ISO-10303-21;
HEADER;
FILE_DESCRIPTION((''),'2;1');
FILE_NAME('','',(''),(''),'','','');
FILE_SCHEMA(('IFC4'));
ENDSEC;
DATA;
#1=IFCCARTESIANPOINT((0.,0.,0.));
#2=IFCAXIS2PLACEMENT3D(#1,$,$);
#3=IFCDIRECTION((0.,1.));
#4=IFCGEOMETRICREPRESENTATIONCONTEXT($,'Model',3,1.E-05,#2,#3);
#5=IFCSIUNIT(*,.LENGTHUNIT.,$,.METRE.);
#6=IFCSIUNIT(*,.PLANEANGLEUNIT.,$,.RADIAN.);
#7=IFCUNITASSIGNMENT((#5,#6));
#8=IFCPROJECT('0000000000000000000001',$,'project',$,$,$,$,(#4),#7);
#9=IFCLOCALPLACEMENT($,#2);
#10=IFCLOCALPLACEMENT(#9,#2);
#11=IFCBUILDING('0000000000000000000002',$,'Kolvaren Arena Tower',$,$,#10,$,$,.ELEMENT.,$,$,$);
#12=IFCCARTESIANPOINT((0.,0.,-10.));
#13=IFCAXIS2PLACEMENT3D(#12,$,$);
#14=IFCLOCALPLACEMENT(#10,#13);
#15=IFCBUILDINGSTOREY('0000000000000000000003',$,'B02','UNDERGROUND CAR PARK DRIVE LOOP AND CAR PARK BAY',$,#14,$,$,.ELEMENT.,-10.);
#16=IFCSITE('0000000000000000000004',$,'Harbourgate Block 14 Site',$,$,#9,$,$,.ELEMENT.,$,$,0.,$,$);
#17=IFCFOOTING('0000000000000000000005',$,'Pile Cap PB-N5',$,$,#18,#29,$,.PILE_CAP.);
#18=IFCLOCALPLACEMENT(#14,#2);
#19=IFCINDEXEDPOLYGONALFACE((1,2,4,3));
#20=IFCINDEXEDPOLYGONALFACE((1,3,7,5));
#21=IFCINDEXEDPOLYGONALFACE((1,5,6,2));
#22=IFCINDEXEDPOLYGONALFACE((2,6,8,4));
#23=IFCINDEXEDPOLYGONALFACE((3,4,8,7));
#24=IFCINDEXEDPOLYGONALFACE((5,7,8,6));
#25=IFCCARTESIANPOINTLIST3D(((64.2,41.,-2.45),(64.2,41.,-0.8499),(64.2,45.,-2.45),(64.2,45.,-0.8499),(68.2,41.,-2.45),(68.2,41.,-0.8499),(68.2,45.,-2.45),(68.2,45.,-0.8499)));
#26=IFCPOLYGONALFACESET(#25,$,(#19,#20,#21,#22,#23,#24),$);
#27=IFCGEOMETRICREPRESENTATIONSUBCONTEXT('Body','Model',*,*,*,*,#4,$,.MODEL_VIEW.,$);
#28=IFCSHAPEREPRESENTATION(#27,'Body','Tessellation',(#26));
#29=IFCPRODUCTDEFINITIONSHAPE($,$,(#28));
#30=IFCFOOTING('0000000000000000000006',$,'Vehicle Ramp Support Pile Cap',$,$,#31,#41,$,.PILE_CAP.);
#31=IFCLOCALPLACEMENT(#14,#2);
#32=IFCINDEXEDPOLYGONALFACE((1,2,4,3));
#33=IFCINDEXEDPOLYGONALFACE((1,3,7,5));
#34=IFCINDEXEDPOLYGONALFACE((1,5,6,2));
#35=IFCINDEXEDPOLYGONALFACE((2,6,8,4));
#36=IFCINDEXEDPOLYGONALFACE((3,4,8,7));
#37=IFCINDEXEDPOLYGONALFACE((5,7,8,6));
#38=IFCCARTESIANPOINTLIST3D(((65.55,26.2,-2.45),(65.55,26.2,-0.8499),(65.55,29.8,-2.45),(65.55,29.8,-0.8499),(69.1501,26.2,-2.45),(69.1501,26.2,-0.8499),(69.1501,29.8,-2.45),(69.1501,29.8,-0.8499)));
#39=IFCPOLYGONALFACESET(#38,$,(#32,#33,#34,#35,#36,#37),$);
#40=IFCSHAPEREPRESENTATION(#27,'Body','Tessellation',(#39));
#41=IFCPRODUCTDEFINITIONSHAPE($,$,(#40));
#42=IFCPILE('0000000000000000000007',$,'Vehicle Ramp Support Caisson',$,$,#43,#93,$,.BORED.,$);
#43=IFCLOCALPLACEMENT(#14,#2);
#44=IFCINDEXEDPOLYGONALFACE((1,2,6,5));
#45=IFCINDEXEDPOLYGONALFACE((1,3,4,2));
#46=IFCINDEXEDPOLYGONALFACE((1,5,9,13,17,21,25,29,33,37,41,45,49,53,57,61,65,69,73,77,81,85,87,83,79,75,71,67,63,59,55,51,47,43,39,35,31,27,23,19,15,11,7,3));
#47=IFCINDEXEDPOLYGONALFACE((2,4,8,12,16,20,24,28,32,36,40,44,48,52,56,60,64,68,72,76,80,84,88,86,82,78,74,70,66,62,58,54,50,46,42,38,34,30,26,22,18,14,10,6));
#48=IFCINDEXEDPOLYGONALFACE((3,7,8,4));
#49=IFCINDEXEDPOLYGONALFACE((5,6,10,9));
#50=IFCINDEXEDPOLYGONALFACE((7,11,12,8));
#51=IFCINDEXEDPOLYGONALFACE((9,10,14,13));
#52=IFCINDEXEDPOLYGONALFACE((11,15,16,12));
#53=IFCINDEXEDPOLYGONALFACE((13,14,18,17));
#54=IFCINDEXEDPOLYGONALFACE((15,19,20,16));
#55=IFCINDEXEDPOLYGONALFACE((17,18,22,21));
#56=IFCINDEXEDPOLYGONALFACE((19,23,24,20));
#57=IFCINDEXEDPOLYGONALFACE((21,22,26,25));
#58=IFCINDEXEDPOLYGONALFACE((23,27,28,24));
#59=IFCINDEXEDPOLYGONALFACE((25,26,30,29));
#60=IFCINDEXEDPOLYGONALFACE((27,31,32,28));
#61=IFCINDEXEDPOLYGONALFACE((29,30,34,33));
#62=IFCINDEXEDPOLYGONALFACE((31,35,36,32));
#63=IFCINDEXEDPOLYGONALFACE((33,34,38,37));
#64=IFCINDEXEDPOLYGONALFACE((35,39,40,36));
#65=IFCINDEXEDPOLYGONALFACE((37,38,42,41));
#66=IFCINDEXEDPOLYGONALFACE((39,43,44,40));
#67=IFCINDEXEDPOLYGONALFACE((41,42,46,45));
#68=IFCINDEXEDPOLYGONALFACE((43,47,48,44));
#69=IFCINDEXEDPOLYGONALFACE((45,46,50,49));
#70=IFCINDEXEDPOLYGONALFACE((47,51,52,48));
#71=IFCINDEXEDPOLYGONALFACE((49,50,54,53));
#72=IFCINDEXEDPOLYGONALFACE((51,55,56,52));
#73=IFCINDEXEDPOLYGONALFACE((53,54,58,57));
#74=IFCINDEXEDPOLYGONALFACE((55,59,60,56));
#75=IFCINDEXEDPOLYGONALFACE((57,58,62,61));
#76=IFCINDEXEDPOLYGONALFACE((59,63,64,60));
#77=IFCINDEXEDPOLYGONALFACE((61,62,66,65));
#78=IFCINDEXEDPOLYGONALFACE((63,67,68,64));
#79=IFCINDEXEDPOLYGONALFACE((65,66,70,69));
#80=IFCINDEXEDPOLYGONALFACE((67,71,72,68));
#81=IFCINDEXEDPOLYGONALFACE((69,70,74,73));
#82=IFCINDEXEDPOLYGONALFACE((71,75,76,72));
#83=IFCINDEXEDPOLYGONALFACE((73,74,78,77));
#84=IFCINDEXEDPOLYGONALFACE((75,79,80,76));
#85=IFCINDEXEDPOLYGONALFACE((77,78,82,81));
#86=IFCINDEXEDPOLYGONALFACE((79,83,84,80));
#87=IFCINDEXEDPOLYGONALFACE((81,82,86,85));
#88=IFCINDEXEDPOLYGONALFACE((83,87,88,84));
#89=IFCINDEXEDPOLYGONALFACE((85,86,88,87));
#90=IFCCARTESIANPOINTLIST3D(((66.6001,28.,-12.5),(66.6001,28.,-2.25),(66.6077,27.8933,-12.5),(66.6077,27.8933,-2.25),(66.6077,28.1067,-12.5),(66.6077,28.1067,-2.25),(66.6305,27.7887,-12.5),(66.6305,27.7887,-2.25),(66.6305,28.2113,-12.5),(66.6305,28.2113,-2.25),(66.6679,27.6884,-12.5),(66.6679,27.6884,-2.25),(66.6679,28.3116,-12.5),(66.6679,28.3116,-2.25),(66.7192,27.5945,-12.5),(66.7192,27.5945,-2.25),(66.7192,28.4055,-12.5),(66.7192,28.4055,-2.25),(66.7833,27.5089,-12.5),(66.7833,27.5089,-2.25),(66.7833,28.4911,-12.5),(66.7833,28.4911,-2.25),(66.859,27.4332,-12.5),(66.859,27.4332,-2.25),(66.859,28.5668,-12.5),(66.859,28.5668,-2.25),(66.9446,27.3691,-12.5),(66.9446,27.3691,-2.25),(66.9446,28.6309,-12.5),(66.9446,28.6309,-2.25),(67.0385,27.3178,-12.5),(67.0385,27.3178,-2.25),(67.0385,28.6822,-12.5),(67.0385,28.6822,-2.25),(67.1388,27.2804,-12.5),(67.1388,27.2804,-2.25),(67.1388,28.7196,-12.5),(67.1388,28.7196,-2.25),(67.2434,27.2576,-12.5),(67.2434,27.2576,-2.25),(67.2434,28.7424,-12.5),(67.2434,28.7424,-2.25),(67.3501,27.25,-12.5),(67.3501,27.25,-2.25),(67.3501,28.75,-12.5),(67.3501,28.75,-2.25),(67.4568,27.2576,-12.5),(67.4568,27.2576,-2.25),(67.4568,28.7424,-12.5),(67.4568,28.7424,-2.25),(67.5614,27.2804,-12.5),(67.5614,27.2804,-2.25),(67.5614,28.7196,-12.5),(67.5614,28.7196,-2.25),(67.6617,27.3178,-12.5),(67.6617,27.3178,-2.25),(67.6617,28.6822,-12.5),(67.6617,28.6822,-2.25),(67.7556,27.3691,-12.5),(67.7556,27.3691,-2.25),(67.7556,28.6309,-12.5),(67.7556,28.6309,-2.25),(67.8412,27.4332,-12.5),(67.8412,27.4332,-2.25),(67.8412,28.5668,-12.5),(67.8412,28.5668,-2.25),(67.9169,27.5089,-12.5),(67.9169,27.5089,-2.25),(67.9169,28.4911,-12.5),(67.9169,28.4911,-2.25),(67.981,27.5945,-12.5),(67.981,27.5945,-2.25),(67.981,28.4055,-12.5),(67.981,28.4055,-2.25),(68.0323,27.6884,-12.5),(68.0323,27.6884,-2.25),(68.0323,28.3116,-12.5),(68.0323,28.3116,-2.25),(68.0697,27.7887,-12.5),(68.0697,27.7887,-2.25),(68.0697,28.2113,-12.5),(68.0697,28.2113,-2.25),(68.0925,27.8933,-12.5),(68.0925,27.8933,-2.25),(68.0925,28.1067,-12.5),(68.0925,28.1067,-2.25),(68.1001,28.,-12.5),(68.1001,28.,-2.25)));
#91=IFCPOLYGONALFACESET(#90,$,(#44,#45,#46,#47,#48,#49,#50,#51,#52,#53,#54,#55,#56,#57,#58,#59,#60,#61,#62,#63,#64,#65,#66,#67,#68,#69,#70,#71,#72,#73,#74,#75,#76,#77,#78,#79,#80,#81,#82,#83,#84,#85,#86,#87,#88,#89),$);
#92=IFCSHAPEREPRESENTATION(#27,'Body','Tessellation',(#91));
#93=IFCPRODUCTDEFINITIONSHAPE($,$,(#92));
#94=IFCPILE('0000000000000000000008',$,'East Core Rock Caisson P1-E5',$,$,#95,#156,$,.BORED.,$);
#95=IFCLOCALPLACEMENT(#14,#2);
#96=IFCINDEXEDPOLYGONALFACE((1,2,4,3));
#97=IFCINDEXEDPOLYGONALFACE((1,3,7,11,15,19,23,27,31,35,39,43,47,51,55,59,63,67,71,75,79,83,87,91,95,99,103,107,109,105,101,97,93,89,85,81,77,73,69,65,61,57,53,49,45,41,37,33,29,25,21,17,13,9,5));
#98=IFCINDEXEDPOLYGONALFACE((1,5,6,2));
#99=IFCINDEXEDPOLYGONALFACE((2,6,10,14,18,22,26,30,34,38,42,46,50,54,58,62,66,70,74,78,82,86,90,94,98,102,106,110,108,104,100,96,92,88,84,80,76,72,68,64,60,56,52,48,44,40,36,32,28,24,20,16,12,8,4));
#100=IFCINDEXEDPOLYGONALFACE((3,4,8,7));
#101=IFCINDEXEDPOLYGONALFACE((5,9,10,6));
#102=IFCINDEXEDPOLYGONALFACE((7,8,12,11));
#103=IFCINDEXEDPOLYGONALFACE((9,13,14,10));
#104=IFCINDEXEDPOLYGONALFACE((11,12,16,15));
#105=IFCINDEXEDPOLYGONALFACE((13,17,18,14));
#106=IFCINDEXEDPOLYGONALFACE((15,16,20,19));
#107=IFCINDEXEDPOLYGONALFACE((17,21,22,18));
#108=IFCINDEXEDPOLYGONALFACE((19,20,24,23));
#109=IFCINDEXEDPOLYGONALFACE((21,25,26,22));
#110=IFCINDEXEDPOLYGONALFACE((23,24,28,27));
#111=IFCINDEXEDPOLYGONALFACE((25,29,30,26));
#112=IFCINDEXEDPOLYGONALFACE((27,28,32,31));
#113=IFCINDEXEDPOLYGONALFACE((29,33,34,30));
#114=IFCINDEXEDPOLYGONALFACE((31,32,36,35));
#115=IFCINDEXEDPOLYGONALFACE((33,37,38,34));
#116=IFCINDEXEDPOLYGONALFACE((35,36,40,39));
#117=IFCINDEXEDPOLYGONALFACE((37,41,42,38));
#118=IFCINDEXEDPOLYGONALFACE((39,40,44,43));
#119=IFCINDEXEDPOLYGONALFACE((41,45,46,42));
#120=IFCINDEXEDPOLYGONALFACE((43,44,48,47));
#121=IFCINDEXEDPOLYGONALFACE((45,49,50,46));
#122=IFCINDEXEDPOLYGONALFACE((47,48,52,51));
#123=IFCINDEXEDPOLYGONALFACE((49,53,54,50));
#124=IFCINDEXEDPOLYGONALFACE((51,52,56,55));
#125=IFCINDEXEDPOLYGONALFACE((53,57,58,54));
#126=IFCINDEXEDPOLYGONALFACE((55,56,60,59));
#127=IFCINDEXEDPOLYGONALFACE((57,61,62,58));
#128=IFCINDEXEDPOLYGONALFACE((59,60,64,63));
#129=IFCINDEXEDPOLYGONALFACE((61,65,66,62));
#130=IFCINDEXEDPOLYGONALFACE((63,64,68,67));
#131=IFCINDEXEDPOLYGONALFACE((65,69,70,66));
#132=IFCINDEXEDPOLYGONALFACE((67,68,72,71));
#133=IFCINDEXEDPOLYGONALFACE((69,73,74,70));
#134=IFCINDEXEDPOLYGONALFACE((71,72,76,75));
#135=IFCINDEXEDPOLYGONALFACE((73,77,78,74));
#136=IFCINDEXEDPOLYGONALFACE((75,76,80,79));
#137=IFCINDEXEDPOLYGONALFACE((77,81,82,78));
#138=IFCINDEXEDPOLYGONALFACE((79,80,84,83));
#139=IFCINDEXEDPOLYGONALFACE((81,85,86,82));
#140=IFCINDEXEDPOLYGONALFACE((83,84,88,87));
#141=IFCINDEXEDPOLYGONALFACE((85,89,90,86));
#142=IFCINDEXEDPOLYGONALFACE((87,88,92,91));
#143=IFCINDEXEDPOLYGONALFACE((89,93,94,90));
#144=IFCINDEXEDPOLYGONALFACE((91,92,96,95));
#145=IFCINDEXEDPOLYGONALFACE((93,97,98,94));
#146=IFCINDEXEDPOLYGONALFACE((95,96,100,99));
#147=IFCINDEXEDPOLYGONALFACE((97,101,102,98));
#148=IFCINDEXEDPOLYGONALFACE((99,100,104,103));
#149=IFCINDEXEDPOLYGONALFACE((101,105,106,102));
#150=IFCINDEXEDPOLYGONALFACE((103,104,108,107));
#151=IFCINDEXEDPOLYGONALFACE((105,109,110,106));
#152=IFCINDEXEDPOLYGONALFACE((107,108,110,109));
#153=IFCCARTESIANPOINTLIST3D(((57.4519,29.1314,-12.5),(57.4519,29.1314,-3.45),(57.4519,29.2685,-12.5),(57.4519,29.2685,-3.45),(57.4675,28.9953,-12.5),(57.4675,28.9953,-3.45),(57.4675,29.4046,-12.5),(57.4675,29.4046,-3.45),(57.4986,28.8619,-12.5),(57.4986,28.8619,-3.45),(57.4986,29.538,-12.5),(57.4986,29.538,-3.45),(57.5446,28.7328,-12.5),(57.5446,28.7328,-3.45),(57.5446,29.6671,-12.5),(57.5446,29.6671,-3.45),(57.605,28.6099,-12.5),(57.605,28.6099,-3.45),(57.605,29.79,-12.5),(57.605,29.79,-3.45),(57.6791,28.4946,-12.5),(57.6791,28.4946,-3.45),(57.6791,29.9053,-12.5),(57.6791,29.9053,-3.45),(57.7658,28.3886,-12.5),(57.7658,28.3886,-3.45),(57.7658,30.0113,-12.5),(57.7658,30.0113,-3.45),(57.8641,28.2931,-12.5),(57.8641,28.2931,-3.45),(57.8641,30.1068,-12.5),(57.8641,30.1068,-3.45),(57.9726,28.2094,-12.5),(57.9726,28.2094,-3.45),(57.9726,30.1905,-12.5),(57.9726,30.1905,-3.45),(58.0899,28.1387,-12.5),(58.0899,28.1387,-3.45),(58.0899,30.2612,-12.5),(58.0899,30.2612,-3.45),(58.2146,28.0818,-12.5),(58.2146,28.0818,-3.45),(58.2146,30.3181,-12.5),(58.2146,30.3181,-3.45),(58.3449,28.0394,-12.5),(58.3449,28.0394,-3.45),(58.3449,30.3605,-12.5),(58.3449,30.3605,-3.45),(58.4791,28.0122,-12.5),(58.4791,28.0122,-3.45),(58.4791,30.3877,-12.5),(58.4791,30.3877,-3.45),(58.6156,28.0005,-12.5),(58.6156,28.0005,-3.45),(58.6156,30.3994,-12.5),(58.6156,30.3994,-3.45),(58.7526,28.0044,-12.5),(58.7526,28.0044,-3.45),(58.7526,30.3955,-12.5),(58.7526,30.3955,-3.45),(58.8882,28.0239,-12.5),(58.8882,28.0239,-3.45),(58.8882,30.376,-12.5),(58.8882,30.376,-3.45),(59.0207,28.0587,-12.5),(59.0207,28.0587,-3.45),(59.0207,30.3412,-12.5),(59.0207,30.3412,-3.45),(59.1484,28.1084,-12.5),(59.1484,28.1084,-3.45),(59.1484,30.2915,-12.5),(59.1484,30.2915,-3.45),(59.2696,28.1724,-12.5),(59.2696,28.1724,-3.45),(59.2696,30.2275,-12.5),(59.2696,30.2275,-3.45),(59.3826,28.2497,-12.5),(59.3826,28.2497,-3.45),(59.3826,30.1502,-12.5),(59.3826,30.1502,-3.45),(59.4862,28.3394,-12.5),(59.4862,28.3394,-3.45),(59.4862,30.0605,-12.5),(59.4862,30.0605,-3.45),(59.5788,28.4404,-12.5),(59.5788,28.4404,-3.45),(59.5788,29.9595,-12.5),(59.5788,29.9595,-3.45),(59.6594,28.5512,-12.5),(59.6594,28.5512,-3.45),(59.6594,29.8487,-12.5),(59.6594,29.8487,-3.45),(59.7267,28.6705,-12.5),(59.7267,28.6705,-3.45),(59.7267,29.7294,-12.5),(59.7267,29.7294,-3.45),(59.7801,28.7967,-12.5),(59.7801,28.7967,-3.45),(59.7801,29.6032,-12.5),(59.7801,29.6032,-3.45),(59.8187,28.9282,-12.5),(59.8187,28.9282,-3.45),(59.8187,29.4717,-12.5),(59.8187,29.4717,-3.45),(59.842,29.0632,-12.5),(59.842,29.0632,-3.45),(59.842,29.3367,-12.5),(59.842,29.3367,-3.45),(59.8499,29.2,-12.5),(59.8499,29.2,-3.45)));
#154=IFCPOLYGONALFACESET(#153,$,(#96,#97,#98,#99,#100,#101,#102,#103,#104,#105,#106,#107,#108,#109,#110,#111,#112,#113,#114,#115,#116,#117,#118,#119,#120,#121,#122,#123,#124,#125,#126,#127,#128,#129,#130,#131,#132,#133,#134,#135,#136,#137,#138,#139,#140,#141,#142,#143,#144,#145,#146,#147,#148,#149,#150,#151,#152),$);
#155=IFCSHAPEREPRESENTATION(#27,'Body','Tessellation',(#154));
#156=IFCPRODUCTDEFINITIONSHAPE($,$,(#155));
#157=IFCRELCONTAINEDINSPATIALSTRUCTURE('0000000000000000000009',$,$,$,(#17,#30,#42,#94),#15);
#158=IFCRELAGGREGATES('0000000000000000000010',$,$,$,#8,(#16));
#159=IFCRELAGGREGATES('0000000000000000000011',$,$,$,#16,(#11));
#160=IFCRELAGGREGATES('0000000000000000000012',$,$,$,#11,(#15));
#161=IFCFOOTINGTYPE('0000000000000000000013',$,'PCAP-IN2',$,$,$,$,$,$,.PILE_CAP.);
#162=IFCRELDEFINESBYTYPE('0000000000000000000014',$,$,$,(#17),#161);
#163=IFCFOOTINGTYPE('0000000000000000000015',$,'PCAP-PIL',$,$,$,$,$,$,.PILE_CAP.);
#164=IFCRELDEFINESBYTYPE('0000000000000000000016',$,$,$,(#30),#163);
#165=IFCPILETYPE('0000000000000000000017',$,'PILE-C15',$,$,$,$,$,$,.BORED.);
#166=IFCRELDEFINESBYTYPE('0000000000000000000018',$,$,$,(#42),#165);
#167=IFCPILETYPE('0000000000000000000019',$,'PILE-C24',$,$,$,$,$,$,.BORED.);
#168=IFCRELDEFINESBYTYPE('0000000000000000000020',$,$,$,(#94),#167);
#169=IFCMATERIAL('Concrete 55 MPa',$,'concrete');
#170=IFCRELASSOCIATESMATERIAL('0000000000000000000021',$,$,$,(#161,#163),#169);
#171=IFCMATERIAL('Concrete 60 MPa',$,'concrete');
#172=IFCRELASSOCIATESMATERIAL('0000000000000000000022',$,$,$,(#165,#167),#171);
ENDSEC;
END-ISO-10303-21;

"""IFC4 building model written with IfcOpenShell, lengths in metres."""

from ifc_helpers import new_model, si_unit, direction, frame, origin, origin_2d, place, context, subcontext, project, spatial, rectangle, circle, extrude, material, material_profile, profile_set, type_object, element, save


model = new_model("IFC4")

# Units and contexts
model_context = context("Model", 3, precision=1e-05, world=origin(), true_north=direction((0.0, 1.0)))
body_context = subcontext(model_context, "Body", "Model", "MODEL_VIEW")
ifc_project = project(units=[si_unit("LENGTHUNIT", "METRE"), si_unit("PLANEANGLEUNIT", "RADIAN")], contexts=[model_context])

# Site, building, storey
site_placement = place(None, origin())
site = spatial("IfcSite", under=ifc_project, at=site_placement, Name="Harbourgate Block 14 Site", CompositionType="ELEMENT", RefElevation=0.0)
building_placement = place(site_placement, origin())
building = spatial("IfcBuilding", under=site, at=building_placement, Name="Kolvaren Arena Tower", CompositionType="ELEMENT")
storey_placement = place(building_placement, frame((0.0, 0.0, -10.0)))
storey = spatial("IfcBuildingStorey", under=building, at=storey_placement, Name="B02", Description="UNDERGROUND CAR PARK DRIVE LOOP AND CAR PARK BAY", CompositionType="ELEMENT", Elevation=-10.0)

# Footings
ifc_material_1 = material(Name="Concrete 55 MPa", Category="concrete")
footing_type_1 = type_object("IfcFootingType", Name="PCAP-IN2", PredefinedType="PILE_CAP", material=ifc_material_1)
footing_1_placement = place(storey_placement, frame((66.2, 43.0, -2.45), z_axis=(0.0, 0.0, 1.0), x_axis=(1.0, 0.0, 0.0)))
element("IfcFooting", 1, at=footing_1_placement, inside=storey, type_object=footing_type_1, Name="Pile Cap PB-N5", PredefinedType="PILE_CAP", context=body_context, shape_type="SweptSolid", body=[
    extrude(rectangle(XDim=4.0, YDim=4.0, at=origin_2d()), origin(), (0.0, 0.0, 1.0), 1.6001),
])
footing_type_2 = type_object("IfcFootingType", Name="PCAP-PIL", PredefinedType="PILE_CAP", material=ifc_material_1)
footing_2_placement = place(storey_placement, frame((67.3501, 28.0, -2.45), z_axis=(0.0, 0.0, 1.0), x_axis=(1.0, 0.0, 0.0)))
element("IfcFooting", 2, at=footing_2_placement, inside=storey, type_object=footing_type_2, Name="Vehicle Ramp Support Pile Cap", PredefinedType="PILE_CAP", context=body_context, shape_type="SweptSolid", body=[
    extrude(rectangle(XDim=3.6001, YDim=3.6001, at=origin_2d()), origin(), (0.0, 0.0, 1.0), 1.6001),
])

# Piles
ifc_material_2 = material(Name="Concrete 60 MPa", Category="concrete")
ifc_material_profile_1 = material_profile(ifc_material_2, circle(Radius=0.75, at=origin_2d()), Name="CAISSON-D1500")
ifc_profile_set_1 = profile_set([ifc_material_profile_1], Name="Concrete 60 MPa")
pile_type_1 = type_object("IfcPileType", Name="PILE-C15", PredefinedType="BORED", material=ifc_profile_set_1)
pile_placement = place(storey_placement, frame((67.3501, 28.0, -2.25), z_axis=(0.0, 0.0, -1.0), x_axis=(1.0, 0.0, 0.0)))
element("IfcPile", 3, at=pile_placement, inside=storey, type_object=pile_type_1, Name="Vehicle Ramp Support Caisson", PredefinedType="BORED", context=body_context, shape_type="SweptSolid", body=[
    extrude(circle(Radius=0.75, at=origin_2d()), origin(), (0.0, 0.0, 1.0), 10.25),
])
ifc_material_profile_2 = material_profile(ifc_material_2, circle(Radius=1.2, at=origin_2d()), Name="CAISSON-D2400")
ifc_profile_set_2 = profile_set([ifc_material_profile_2], Name="Concrete 60 MPa")
pile_type_2 = type_object("IfcPileType", Name="PILE-C24", PredefinedType="BORED", material=ifc_profile_set_2)
for number, where, z_axis, x_axis, name in (
    (4, (58.6499, 29.2, -3.45), (0.0, 0.0, -1.0), (1.0, 0.0, 0.0), "East Core Rock Caisson P1-E5"),
):
    element("IfcPile", number, at=place(storey_placement, frame(where, z_axis=z_axis, x_axis=x_axis)), inside=storey, type_object=pile_type_2, Name=name, PredefinedType="BORED", context=body_context, shape_type="SweptSolid", body=[
        extrude(circle(Radius=1.2, at=origin_2d()), origin(), (0.0, 0.0, 1.0), 9.05),
    ])

save(model, "model.ifc")
